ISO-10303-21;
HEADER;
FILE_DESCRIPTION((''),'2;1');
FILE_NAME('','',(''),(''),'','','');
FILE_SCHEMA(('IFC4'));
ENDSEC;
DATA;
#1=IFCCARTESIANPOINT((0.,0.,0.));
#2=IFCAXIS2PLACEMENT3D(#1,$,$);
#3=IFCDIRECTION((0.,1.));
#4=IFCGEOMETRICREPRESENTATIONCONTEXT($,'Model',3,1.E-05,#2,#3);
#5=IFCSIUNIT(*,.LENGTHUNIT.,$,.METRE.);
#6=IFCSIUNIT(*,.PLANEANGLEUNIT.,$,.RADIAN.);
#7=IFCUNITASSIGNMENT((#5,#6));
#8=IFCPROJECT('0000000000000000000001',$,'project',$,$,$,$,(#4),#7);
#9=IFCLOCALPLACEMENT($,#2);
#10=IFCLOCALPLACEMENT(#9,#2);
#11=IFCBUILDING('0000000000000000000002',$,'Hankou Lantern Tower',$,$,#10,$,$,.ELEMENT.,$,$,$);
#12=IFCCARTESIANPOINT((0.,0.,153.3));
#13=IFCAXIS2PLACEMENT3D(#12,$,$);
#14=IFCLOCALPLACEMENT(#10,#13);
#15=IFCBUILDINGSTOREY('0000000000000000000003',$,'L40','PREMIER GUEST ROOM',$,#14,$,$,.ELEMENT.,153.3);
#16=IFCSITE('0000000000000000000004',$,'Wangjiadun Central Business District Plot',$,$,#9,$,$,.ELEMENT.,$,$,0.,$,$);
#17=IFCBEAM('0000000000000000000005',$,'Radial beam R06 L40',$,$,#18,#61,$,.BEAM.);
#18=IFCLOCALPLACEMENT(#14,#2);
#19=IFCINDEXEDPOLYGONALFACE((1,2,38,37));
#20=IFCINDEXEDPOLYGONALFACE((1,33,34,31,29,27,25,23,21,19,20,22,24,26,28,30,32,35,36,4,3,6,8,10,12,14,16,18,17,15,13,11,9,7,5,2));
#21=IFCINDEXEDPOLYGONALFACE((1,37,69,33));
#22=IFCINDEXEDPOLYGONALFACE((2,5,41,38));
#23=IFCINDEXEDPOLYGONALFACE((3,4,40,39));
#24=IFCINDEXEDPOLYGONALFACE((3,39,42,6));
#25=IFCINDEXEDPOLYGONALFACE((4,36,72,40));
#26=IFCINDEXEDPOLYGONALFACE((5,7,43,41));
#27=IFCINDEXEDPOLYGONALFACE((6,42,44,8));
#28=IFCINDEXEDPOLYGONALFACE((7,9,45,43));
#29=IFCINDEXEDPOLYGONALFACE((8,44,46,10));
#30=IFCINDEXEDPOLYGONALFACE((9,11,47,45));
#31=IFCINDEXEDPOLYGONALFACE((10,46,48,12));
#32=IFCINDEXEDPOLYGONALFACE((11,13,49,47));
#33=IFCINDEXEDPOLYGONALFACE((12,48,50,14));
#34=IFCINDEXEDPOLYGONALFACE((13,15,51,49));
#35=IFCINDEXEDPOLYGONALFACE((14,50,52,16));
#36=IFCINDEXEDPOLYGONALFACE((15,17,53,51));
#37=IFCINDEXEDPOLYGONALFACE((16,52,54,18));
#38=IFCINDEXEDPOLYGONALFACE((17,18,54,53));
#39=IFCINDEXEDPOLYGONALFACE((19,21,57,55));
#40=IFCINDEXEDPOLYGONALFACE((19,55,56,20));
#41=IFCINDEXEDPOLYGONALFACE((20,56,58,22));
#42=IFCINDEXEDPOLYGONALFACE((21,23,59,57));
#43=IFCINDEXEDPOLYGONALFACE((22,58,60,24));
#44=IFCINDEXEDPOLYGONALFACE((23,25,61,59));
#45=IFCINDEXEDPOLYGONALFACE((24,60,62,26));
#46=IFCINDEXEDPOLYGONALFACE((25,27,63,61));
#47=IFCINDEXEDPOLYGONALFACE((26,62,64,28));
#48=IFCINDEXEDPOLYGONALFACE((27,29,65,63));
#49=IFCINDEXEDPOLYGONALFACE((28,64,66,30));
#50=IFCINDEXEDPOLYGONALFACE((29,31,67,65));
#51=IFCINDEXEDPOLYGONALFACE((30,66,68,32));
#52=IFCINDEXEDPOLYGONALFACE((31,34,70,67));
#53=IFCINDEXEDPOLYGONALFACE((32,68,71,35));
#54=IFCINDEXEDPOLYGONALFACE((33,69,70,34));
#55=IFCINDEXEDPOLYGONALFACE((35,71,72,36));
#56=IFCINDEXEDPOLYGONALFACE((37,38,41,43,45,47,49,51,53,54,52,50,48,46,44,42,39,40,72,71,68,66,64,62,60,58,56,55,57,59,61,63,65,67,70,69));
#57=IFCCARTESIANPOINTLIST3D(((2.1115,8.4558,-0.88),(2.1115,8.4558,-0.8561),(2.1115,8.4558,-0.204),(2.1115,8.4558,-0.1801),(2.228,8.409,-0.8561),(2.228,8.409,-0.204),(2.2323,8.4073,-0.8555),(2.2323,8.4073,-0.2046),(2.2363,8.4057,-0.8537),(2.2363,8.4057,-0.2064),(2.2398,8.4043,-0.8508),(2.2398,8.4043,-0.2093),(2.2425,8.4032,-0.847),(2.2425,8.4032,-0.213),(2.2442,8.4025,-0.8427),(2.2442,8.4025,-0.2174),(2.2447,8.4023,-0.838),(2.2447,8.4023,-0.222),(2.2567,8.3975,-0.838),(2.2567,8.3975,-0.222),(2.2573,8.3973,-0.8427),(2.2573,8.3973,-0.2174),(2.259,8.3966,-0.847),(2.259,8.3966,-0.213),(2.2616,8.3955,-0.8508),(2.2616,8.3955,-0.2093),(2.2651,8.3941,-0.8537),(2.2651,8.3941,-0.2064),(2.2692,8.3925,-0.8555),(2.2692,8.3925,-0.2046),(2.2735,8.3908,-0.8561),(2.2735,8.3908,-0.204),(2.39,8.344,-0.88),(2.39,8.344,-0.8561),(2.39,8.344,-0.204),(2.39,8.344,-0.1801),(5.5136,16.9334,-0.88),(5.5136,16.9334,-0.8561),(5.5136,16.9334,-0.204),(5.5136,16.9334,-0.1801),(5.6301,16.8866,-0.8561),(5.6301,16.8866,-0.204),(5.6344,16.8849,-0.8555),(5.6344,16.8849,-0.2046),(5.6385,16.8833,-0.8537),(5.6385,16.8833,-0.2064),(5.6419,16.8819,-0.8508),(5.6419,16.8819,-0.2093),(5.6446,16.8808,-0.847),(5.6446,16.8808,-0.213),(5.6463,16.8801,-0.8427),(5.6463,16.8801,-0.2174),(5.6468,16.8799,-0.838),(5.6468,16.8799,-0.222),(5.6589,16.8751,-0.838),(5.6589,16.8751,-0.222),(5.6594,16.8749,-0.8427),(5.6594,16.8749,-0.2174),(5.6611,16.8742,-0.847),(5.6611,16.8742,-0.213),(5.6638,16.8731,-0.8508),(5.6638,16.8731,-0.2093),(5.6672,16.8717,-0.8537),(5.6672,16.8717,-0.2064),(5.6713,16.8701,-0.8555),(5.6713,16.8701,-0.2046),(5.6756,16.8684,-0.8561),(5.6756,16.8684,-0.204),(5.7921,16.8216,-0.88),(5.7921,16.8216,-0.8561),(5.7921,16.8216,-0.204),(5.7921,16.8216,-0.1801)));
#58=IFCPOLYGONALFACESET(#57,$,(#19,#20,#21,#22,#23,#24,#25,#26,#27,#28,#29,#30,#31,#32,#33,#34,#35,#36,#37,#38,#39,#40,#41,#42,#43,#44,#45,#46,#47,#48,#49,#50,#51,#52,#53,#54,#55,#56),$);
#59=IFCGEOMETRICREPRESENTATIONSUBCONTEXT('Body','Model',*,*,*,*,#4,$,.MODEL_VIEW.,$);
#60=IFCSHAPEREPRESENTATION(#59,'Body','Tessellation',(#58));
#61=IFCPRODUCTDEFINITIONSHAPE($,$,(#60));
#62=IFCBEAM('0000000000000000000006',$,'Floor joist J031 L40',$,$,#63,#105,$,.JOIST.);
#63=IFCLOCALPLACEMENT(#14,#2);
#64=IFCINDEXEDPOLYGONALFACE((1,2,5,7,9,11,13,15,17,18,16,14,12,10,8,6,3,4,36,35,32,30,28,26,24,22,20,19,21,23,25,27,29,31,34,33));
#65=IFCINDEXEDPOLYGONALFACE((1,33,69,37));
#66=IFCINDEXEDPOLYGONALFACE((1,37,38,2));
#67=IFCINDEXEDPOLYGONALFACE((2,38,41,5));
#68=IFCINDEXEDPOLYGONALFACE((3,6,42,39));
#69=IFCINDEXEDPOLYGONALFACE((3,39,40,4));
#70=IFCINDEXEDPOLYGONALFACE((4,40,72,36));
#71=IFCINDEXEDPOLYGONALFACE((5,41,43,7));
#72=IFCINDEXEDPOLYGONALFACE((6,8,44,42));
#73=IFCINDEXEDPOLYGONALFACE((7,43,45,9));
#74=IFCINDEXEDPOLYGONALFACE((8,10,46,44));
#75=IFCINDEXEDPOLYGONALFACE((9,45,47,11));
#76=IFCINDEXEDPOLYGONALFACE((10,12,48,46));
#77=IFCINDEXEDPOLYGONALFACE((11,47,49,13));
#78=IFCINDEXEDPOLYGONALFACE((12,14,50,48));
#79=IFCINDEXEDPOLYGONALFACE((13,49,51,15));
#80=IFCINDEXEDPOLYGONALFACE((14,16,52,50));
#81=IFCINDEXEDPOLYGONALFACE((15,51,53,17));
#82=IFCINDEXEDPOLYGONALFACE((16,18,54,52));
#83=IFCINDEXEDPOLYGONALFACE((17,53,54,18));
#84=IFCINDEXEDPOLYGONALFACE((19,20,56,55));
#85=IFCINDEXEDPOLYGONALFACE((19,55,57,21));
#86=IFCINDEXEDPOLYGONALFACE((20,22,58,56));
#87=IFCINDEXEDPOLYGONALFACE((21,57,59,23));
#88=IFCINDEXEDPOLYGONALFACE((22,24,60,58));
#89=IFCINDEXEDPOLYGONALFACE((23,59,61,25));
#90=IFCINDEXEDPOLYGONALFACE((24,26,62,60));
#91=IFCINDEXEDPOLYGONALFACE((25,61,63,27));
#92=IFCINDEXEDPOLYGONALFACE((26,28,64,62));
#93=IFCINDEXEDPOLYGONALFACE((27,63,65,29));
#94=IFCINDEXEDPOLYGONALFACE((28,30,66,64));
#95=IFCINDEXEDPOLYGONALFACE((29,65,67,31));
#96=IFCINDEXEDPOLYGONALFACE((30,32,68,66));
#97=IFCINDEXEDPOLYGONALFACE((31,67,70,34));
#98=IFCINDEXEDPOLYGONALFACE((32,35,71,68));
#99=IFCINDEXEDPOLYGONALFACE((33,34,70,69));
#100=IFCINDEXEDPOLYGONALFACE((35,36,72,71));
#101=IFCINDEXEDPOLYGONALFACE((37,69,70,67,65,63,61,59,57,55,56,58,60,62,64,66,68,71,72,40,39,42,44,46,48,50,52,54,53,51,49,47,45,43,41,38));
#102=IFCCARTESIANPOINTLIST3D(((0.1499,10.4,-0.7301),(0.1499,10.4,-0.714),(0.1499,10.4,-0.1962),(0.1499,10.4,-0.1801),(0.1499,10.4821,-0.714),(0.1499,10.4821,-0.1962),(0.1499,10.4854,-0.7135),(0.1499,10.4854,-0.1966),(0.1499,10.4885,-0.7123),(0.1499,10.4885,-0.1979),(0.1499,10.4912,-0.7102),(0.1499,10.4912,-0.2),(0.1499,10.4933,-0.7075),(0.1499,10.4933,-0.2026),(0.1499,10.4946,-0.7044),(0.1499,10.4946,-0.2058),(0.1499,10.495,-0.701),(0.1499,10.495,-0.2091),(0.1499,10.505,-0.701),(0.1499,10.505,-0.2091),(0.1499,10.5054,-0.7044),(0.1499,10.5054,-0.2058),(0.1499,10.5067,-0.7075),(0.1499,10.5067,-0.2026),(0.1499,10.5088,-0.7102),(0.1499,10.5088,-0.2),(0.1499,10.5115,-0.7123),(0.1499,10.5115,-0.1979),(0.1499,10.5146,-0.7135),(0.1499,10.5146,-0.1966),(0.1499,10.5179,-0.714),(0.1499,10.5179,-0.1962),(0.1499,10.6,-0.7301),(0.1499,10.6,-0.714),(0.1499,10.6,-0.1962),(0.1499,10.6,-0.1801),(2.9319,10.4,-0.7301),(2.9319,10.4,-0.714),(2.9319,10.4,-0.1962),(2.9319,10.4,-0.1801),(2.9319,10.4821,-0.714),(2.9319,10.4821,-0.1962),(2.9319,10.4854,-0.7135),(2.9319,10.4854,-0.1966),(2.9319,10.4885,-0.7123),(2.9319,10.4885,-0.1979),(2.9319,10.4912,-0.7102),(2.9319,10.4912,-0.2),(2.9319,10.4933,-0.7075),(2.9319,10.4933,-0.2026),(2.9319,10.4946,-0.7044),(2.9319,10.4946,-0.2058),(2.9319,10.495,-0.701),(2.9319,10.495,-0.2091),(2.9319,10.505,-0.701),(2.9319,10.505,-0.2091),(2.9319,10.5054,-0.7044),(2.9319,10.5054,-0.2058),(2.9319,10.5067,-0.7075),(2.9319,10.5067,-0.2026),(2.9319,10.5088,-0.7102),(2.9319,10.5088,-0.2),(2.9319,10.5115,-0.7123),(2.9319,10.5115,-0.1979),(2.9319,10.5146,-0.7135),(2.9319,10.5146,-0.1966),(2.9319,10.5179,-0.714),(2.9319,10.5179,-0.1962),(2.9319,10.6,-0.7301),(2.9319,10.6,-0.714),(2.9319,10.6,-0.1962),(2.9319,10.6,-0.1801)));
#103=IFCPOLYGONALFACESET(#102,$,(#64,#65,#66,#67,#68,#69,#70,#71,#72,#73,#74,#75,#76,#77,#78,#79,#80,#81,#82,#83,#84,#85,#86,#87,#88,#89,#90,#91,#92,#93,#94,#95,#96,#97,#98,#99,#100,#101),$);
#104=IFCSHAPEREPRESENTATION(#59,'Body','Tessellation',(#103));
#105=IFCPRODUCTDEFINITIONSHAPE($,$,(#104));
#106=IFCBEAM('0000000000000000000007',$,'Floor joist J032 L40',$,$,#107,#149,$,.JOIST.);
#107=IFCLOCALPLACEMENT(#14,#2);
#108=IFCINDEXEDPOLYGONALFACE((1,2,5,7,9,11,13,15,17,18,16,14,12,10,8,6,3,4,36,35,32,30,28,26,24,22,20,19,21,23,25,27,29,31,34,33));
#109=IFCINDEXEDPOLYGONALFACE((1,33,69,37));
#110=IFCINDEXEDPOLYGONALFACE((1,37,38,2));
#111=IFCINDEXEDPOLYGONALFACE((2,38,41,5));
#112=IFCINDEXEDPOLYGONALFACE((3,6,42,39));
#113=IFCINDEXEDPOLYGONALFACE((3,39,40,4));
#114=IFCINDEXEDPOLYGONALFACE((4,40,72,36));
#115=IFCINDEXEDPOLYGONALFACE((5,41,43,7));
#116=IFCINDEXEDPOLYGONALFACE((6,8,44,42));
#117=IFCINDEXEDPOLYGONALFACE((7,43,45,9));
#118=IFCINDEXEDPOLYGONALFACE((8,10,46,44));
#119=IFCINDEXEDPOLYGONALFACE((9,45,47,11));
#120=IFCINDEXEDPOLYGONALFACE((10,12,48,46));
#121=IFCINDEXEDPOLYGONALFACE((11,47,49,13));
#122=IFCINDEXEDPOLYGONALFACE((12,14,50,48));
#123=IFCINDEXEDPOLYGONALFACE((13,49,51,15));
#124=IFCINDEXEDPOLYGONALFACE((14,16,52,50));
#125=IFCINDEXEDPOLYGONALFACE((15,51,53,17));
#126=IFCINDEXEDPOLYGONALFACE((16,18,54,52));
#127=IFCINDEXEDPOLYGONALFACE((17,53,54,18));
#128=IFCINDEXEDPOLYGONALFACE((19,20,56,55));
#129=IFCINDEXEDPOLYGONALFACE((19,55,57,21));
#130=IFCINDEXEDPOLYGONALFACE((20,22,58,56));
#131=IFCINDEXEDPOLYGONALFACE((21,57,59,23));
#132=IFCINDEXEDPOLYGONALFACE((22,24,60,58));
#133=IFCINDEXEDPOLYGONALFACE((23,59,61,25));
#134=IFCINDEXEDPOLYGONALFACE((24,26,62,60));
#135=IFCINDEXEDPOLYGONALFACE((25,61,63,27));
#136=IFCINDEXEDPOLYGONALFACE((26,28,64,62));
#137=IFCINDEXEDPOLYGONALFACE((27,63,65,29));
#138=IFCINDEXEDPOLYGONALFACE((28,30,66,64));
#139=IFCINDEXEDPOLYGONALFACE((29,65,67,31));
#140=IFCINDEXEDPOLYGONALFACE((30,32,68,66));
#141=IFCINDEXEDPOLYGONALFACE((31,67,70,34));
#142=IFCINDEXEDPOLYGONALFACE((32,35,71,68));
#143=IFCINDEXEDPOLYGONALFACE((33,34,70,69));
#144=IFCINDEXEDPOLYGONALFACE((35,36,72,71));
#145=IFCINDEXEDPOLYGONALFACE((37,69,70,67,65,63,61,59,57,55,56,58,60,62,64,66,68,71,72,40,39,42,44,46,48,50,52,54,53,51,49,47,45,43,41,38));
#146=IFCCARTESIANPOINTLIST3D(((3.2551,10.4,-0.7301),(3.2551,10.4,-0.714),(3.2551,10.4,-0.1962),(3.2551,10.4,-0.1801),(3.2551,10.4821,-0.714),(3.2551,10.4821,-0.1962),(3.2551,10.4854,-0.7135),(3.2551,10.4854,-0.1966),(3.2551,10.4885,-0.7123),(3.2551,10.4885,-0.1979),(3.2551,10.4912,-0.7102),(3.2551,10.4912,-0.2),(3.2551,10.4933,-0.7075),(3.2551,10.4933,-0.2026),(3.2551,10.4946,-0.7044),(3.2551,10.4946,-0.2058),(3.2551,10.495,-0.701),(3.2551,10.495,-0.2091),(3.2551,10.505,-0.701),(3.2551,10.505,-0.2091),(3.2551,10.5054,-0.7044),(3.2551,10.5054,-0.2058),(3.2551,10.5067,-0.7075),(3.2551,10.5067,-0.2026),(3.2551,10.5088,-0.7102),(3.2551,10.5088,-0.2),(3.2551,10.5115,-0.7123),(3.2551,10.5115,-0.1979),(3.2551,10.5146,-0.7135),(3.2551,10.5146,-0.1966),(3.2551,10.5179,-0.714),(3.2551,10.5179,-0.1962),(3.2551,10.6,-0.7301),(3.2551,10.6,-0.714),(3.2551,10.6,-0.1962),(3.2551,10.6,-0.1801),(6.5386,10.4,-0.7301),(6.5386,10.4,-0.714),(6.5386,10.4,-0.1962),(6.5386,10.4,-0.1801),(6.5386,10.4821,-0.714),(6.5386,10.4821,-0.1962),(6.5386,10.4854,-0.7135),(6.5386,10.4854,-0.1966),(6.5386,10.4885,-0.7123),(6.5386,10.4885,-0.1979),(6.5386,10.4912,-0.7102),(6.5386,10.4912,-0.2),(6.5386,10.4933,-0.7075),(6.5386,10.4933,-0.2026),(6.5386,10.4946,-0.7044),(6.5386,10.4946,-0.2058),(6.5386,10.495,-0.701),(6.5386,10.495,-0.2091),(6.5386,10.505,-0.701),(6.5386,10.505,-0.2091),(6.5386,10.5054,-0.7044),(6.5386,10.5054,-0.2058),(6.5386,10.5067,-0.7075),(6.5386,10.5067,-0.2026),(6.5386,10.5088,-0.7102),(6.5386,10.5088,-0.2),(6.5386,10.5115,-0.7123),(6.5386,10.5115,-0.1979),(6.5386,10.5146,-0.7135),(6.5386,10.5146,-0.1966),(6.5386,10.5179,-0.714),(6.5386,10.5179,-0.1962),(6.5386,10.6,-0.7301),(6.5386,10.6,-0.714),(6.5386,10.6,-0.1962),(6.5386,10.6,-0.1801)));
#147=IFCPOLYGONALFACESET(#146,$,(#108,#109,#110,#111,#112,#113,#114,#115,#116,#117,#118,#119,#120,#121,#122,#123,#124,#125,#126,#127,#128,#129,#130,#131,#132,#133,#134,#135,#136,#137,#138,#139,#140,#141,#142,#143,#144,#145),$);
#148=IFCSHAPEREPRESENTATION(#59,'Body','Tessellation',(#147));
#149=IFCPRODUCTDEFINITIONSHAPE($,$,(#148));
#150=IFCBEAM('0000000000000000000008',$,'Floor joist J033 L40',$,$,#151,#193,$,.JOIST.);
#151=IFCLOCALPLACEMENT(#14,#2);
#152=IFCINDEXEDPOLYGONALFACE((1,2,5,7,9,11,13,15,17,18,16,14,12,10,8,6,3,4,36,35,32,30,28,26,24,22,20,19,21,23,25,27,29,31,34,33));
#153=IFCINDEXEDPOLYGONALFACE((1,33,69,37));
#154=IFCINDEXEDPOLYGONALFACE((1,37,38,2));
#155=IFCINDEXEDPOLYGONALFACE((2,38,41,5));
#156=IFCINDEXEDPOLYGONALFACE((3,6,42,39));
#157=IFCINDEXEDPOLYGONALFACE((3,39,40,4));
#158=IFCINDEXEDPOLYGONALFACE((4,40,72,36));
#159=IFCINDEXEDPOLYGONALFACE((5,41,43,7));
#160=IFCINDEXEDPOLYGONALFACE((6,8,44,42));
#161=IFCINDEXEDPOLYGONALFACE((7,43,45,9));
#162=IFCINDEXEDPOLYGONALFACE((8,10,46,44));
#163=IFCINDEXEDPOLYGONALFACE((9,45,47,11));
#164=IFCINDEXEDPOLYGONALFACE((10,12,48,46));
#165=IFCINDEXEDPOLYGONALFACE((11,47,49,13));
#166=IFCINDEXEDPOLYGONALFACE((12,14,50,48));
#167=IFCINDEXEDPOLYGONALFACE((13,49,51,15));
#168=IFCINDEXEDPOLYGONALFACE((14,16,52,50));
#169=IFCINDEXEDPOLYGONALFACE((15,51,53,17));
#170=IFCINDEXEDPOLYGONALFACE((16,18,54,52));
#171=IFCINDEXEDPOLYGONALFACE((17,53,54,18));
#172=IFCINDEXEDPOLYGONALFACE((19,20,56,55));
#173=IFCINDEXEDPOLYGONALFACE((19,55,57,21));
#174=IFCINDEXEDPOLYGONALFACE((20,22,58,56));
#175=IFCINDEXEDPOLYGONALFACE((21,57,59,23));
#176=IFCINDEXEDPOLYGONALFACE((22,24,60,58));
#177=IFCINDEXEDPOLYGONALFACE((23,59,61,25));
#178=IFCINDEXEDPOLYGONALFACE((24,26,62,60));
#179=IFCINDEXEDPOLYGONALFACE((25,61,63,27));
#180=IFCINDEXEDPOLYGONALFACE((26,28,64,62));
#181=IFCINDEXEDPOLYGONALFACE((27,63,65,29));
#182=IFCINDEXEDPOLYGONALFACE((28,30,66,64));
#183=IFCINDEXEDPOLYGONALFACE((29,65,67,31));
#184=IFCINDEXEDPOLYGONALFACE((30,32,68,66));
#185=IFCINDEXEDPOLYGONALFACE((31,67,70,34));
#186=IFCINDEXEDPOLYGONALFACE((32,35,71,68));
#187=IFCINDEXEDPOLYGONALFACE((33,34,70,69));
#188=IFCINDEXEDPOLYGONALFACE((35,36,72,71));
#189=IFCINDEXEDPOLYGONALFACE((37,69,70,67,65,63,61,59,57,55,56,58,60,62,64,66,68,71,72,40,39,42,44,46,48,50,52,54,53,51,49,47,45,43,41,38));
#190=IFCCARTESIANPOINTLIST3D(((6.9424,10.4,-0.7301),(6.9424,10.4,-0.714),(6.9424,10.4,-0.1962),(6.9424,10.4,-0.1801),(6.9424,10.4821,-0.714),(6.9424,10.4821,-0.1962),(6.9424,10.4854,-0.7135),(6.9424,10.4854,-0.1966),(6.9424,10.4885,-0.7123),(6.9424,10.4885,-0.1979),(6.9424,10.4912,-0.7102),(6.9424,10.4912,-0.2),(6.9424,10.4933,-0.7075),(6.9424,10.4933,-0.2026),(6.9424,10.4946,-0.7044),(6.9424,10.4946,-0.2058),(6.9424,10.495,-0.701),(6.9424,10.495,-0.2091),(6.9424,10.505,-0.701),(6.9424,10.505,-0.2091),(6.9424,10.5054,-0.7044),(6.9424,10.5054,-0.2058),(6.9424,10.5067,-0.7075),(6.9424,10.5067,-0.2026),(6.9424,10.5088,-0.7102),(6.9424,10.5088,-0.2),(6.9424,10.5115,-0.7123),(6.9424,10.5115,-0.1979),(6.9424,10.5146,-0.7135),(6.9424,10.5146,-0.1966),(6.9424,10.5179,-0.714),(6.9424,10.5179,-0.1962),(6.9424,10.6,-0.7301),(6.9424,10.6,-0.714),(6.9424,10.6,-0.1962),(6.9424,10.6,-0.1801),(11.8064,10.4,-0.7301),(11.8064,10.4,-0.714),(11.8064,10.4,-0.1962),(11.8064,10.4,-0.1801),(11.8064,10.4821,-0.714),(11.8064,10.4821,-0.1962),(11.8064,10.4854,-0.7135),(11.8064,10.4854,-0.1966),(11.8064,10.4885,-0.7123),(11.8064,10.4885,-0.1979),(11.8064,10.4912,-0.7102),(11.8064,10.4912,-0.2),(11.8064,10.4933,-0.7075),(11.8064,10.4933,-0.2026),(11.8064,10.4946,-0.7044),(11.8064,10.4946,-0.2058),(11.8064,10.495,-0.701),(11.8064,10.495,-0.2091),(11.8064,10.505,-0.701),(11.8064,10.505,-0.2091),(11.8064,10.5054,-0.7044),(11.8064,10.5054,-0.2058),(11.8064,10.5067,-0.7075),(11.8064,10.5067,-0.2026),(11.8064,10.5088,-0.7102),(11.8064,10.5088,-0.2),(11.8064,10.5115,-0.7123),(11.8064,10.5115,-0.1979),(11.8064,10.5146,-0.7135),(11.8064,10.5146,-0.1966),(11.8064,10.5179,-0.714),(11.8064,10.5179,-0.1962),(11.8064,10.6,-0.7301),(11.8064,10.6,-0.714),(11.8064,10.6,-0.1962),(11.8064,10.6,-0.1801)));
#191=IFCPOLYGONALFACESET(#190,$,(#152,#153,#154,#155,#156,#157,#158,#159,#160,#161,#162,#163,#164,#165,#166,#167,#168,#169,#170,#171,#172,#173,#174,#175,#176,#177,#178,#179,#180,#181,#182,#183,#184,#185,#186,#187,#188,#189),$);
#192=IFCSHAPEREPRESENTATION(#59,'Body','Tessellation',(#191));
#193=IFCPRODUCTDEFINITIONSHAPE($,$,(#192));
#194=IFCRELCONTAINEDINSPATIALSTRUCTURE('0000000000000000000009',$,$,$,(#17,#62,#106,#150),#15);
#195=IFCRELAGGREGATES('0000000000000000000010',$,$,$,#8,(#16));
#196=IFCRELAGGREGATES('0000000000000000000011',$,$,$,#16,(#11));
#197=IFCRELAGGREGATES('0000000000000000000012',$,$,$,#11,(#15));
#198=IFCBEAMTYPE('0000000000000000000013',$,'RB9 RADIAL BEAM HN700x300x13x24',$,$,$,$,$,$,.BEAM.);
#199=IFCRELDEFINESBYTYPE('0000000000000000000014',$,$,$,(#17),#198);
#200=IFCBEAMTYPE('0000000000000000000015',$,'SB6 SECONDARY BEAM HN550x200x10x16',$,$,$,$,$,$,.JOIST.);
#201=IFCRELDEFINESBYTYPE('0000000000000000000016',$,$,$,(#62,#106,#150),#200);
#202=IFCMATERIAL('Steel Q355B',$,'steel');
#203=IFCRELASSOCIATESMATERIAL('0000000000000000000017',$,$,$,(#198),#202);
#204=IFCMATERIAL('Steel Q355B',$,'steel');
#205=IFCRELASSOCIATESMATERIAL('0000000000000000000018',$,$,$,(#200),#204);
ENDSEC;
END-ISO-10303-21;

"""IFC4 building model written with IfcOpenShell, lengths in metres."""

from ifc_helpers import new_model, si_unit, direction, frame, origin, origin_2d, place, context, subcontext, project, spatial, i_section, extrude, material, material_profile, profile_set, type_object, element, save


model = new_model("IFC4")

# Units and contexts
model_context = context("Model", 3, precision=1e-05, world=origin(), true_north=direction((0.0, 1.0)))
body_context = subcontext(model_context, "Body", "Model", "MODEL_VIEW")
ifc_project = project(units=[si_unit("LENGTHUNIT", "METRE"), si_unit("PLANEANGLEUNIT", "RADIAN")], contexts=[model_context])

# Site, building, storey
site_placement = place(None, origin())
site = spatial("IfcSite", under=ifc_project, at=site_placement, Name="Wangjiadun Central Business District Plot", CompositionType="ELEMENT", RefElevation=0.0)
building_placement = place(site_placement, origin())
building = spatial("IfcBuilding", under=site, at=building_placement, Name="Hankou Lantern Tower", CompositionType="ELEMENT")
storey_placement = place(building_placement, frame((0.0, 0.0, 153.3)))
storey = spatial("IfcBuildingStorey", under=building, at=storey_placement, Name="L40", Description="PREMIER GUEST ROOM", CompositionType="ELEMENT", Elevation=153.3)

# Beams
ifc_material_1 = material(Name="Steel Q355B", Category="steel")
ifc_material_profile_1 = material_profile(ifc_material_1, i_section(OverallWidth=0.3, OverallDepth=0.7, WebThickness=0.0129, FlangeThickness=0.0239, FilletRadius=0.0181, at=origin_2d()), Name="HN700x300x13x24")
ifc_profile_set_1 = profile_set([ifc_material_profile_1], Name="Steel Q355B")
beam_type_1 = type_object("IfcBeamType", Name="RB9 RADIAL BEAM HN700x300x13x24", PredefinedType="BEAM", material=ifc_profile_set_1)
beam_1_placement = place(storey_placement, frame((2.2507, 8.3999, -0.53), z_axis=(0.372436, 0.928058, 0.0), x_axis=(-0.928058, 0.372436, 0.0)))
element("IfcBeam", 1, at=beam_1_placement, inside=storey, type_object=beam_type_1, Name="Radial beam R06 L40", PredefinedType="BEAM", context=body_context, shape_type="SweptSolid", body=[
    extrude(i_section(OverallWidth=0.3, OverallDepth=0.7, WebThickness=0.0129, FlangeThickness=0.0239, FilletRadius=0.0181, at=origin_2d()), origin(), (0.0, 0.0, 1.0), 9.1348),
])
ifc_material_2 = material(Name="Steel Q355B", Category="steel")
ifc_material_profile_2 = material_profile(ifc_material_2, i_section(OverallWidth=0.2, OverallDepth=0.55, WebThickness=0.01, FlangeThickness=0.0161, FilletRadius=0.0129, at=origin_2d()), Name="HN550x200x10x16")
ifc_profile_set_2 = profile_set([ifc_material_profile_2], Name="Steel Q355B")
beam_type_2 = type_object("IfcBeamType", Name="SB6 SECONDARY BEAM HN550x200x10x16", PredefinedType="JOIST", material=ifc_profile_set_2)
beam_2_placement = place(storey_placement, frame((0.1499, 10.5, -0.4551), z_axis=(1.0, 0.0, 0.0), x_axis=(0.0, 1.0, 0.0)))
element("IfcBeam", 2, at=beam_2_placement, inside=storey, type_object=beam_type_2, Name="Floor joist J031 L40", PredefinedType="JOIST", context=body_context, shape_type="SweptSolid", body=[
    extrude(i_section(OverallWidth=0.2, OverallDepth=0.55, WebThickness=0.01, FlangeThickness=0.0161, FilletRadius=0.0129, at=origin_2d()), origin(), (0.0, 0.0, 1.0), 2.782),
])
beam_3_placement = place(storey_placement, frame((3.2551, 10.5, -0.4551), z_axis=(1.0, 0.0, 0.0), x_axis=(0.0, 1.0, 0.0)))
element("IfcBeam", 3, at=beam_3_placement, inside=storey, type_object=beam_type_2, Name="Floor joist J032 L40", PredefinedType="JOIST", context=body_context, shape_type="SweptSolid", body=[
    extrude(i_section(OverallWidth=0.2, OverallDepth=0.55, WebThickness=0.01, FlangeThickness=0.0161, FilletRadius=0.0129, at=origin_2d()), origin(), (0.0, 0.0, 1.0), 3.2834),
])
beam_4_placement = place(storey_placement, frame((6.9424, 10.5, -0.4551), z_axis=(1.0, 0.0, 0.0), x_axis=(0.0, 1.0, 0.0)))
element("IfcBeam", 4, at=beam_4_placement, inside=storey, type_object=beam_type_2, Name="Floor joist J033 L40", PredefinedType="JOIST", context=body_context, shape_type="SweptSolid", body=[
    extrude(i_section(OverallWidth=0.2, OverallDepth=0.55, WebThickness=0.01, FlangeThickness=0.0161, FilletRadius=0.0129, at=origin_2d()), origin(), (0.0, 0.0, 1.0), 4.864),
])

save(model, "model.ifc")
